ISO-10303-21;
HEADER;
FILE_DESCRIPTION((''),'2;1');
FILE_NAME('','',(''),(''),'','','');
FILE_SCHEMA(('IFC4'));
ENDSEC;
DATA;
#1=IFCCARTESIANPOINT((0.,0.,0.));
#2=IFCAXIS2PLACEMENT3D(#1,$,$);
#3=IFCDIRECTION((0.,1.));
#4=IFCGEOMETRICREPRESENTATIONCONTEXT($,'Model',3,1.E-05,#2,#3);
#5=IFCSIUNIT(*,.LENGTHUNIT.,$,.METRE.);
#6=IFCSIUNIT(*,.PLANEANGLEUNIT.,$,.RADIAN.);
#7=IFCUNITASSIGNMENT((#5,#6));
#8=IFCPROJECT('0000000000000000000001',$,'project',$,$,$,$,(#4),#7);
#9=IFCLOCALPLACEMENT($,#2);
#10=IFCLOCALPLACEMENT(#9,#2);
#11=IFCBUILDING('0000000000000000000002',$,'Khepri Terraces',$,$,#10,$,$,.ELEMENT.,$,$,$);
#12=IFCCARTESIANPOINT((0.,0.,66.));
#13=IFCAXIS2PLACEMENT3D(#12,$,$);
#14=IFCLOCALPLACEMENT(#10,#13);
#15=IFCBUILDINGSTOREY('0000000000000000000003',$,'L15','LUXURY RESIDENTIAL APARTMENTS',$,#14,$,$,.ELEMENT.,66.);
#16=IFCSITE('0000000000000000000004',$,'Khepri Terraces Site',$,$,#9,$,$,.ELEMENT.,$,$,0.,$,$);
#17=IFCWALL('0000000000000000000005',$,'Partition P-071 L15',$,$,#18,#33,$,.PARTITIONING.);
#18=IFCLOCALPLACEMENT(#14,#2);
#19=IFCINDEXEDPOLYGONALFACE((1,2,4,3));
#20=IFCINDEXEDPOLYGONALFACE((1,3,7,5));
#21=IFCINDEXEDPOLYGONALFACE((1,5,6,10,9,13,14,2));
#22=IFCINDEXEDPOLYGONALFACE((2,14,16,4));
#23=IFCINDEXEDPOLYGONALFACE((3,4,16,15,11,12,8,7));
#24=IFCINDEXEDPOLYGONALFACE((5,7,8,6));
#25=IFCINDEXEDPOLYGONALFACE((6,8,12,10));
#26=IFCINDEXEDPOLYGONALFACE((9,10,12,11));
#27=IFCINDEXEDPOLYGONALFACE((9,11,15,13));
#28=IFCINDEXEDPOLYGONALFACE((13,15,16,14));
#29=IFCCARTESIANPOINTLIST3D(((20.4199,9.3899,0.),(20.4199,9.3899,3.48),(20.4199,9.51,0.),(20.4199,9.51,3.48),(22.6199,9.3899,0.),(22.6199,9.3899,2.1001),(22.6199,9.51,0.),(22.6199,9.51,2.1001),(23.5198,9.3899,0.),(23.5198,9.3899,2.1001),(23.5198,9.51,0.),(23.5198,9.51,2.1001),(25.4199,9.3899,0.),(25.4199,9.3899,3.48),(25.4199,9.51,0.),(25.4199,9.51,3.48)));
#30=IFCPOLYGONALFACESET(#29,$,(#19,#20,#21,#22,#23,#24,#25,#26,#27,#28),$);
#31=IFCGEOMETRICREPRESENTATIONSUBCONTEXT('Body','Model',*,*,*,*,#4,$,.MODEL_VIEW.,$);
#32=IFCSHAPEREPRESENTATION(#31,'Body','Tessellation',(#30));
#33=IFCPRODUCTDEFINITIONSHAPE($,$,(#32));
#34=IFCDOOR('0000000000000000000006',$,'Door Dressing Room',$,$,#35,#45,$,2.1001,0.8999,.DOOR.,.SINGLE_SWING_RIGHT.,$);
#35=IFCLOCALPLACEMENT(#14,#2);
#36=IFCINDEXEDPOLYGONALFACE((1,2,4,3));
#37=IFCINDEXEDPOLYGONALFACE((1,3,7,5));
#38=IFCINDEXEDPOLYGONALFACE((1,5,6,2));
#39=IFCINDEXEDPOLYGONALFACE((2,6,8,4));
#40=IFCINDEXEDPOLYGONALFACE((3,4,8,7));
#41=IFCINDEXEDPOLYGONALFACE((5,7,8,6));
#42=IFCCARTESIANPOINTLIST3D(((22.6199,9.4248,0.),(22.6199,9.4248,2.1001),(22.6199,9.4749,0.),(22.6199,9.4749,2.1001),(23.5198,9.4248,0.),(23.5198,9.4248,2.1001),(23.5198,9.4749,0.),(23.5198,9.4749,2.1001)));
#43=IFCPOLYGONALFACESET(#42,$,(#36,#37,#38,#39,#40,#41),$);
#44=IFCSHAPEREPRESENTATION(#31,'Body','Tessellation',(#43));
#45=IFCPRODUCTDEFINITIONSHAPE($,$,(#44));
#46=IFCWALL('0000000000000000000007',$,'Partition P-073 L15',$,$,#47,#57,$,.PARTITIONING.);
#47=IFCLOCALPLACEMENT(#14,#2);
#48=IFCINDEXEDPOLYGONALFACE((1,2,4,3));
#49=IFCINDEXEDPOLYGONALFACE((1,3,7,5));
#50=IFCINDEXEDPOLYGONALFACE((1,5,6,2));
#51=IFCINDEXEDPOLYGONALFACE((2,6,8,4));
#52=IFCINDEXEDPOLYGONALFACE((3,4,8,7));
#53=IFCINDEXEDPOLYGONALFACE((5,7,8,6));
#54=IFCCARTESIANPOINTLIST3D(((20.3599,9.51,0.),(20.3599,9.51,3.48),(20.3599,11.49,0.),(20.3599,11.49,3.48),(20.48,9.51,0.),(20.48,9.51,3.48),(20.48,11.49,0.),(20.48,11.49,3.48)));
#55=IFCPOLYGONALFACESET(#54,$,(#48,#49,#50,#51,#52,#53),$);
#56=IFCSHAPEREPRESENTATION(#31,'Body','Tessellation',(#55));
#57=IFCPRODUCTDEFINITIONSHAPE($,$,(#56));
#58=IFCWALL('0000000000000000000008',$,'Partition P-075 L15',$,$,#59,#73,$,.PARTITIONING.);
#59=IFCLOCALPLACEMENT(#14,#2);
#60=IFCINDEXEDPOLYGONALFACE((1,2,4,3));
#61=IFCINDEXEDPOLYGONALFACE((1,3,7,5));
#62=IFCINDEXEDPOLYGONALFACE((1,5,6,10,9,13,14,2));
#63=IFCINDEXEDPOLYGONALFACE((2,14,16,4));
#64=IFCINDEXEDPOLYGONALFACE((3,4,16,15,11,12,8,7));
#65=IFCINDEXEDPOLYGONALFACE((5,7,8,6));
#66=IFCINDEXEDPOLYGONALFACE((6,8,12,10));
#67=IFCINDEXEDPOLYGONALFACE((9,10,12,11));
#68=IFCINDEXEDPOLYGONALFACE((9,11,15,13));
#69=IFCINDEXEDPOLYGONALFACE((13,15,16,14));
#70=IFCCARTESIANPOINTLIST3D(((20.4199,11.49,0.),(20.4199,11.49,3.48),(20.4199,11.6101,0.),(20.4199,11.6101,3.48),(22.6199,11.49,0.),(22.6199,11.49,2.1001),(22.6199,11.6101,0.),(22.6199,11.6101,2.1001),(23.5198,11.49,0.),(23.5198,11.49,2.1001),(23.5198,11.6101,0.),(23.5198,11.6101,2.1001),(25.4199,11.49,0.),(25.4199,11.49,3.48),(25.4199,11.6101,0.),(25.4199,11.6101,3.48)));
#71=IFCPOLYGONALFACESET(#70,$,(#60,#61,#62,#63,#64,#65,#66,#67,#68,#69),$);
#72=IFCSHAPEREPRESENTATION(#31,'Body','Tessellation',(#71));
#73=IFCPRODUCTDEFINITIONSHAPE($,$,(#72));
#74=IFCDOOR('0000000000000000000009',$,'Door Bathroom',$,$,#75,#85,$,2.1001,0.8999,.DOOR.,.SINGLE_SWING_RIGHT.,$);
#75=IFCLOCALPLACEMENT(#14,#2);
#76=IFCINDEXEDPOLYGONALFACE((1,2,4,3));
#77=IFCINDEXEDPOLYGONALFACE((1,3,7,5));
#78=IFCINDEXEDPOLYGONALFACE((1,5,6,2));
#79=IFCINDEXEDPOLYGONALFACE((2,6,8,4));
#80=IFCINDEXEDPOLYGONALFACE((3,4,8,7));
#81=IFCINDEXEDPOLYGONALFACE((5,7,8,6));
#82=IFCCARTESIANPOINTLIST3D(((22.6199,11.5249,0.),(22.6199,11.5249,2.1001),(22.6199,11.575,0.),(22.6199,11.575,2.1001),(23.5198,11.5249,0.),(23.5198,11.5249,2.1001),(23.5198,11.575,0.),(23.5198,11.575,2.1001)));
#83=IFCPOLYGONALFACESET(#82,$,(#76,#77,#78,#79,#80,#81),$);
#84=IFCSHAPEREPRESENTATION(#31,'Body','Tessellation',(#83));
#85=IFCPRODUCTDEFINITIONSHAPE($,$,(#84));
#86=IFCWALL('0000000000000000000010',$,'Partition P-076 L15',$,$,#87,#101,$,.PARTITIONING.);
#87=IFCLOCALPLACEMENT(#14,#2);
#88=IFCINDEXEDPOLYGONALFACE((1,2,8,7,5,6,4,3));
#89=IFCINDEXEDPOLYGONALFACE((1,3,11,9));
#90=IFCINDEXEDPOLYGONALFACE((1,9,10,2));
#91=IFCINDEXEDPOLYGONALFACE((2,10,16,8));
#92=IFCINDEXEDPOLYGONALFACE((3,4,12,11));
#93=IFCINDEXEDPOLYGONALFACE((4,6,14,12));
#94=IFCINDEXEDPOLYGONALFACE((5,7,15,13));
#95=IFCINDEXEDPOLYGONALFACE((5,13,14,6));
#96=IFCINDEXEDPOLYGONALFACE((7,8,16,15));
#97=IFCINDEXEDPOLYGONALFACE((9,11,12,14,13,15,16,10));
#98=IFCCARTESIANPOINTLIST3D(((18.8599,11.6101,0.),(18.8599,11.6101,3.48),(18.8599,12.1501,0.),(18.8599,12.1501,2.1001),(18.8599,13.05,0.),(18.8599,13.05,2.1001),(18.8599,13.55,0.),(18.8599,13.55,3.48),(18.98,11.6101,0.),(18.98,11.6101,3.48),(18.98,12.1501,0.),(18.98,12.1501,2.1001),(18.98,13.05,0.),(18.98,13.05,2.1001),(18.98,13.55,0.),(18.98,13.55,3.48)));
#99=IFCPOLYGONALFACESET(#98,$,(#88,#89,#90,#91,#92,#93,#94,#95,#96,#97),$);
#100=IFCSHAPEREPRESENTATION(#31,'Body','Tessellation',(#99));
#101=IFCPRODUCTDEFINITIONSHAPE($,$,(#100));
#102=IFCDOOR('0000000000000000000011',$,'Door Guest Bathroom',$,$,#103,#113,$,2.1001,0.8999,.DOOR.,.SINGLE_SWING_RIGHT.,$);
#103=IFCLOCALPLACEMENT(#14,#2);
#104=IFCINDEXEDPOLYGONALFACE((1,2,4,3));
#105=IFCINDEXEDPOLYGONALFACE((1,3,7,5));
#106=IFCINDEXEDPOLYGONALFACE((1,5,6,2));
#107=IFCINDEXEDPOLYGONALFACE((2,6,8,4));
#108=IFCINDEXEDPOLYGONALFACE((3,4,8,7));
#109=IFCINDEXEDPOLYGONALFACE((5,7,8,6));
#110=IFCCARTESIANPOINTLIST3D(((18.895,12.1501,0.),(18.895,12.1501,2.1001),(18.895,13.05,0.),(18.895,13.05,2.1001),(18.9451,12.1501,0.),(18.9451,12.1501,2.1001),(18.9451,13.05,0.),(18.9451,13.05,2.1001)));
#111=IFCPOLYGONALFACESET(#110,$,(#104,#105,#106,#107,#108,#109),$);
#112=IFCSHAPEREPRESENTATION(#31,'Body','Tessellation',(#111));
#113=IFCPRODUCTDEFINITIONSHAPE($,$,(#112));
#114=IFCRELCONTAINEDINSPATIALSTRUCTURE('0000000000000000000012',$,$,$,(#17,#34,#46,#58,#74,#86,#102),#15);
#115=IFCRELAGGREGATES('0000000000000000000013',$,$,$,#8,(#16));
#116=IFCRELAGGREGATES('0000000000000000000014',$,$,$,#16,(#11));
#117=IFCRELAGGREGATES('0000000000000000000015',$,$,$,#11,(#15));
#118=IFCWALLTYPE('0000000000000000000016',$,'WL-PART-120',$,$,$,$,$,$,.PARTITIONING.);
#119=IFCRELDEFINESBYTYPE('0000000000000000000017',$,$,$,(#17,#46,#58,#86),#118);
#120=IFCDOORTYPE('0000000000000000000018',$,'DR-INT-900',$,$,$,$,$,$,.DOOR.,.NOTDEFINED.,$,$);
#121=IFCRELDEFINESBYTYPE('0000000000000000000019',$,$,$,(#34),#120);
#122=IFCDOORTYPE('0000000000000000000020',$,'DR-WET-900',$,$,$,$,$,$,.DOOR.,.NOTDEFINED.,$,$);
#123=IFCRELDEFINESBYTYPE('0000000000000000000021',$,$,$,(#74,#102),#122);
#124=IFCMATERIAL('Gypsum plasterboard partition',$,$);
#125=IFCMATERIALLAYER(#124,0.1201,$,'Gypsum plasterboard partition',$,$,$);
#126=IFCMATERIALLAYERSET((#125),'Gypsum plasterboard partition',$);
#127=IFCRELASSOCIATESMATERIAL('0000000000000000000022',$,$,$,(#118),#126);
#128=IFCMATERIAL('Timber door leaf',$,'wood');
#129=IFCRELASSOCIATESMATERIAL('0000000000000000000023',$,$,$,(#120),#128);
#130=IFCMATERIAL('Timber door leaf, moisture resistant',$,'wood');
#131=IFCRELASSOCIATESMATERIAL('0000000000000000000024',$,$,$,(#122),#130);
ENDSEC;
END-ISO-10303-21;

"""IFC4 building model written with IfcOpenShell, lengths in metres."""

from ifc_helpers import new_model, si_unit, direction, frame, frame_2d, origin, place, context, subcontext, project, spatial, rectangle, extrude, material, layer, layer_set, type_object, element, fill, save


model = new_model("IFC4")

# Units and contexts
model_context = context("Model", 3, precision=1e-05, world=origin(), true_north=direction((0.0, 1.0)))
body_context = subcontext(model_context, "Body", "Model", "MODEL_VIEW")
ifc_project = project(units=[si_unit("LENGTHUNIT", "METRE"), si_unit("PLANEANGLEUNIT", "RADIAN")], contexts=[model_context])

# Site, building, storey
site_placement = place(None, origin())
site = spatial("IfcSite", under=ifc_project, at=site_placement, Name="Khepri Terraces Site", CompositionType="ELEMENT", RefElevation=0.0)
building_placement = place(site_placement, origin())
building = spatial("IfcBuilding", under=site, at=building_placement, Name="Khepri Terraces", CompositionType="ELEMENT")
storey_placement = place(building_placement, frame((0.0, 0.0, 66.0)))
storey = spatial("IfcBuildingStorey", under=building, at=storey_placement, Name="L15", Description="LUXURY RESIDENTIAL APARTMENTS", CompositionType="ELEMENT", Elevation=66.0)

# Wall, opening, door
ifc_material_1 = material(Name="Gypsum plasterboard partition")
ifc_layer_1 = layer(ifc_material_1, 0.1201, Name="Gypsum plasterboard partition")
ifc_layer_set_1 = layer_set([ifc_layer_1], Name="Gypsum plasterboard partition")
wall_type_1 = type_object("IfcWallType", Name="WL-PART-120", PredefinedType="PARTITIONING", material=ifc_layer_set_1)
ifc_material_2 = material(Name="Timber door leaf", Category="wood")
door_type_1 = type_object("IfcDoorType", Name="DR-INT-900", OperationType="NOTDEFINED", PredefinedType="DOOR", material=ifc_material_2)
ifc_material_3 = material(Name="Timber door leaf, moisture resistant", Category="wood")
door_type_2 = type_object("IfcDoorType", Name="DR-WET-900", OperationType="NOTDEFINED", PredefinedType="DOOR", material=ifc_material_3)
wall_1_placement = place(storey_placement, frame((20.4199, 9.45, 0.0), z_axis=(0.0, 0.0, 1.0), x_axis=(1.0, 0.0, 0.0)))
wall_1 = element("IfcWall", 1, at=wall_1_placement, inside=storey, type_object=wall_type_1, Name="Partition P-071 L15", PredefinedType="PARTITIONING", context=body_context, shape_type="SweptSolid", body=[
    extrude(rectangle(XDim=5.0, YDim=0.1201, at=frame_2d((2.5, 0.0))), origin(), (0.0, 0.0, 1.0), 3.48),
])
opening_1_placement = place(wall_1_placement, frame((2.2, 0.0, 0.0)))
opening_1 = element("IfcOpeningElement", 2, at=opening_1_placement, cuts=wall_1, PredefinedType="OPENING", context=body_context, shape_type="SweptSolid", body=[
    extrude(rectangle(XDim=0.8999, YDim=2.1001, at=frame_2d((0.45, 1.05))), frame((0.0, 0.0701, 0.0), z_axis=(0.0, -1.0, 0.0), x_axis=(1.0, 0.0, 0.0)), (0.0, 0.0, 1.0), 0.1401),
])
door_1_placement = place(opening_1_placement, origin())
door_1 = element("IfcDoor", 3, at=door_1_placement, inside=storey, type_object=door_type_1, Name="Door Dressing Room", OperationType="SINGLE_SWING_RIGHT", OverallHeight=2.1001, OverallWidth=0.8999, PredefinedType="DOOR", context=body_context, shape_type="SweptSolid", body=[
    extrude(rectangle(XDim=0.8999, YDim=2.1001, at=frame_2d((0.45, 1.05))), frame((0.0, 0.0249, 0.0), z_axis=(0.0, -1.0, 0.0), x_axis=(1.0, 0.0, 0.0)), (0.0, 0.0, 1.0), 0.05),
])
fill(opening_1, door_1)

# Wall
wall_2_placement = place(storey_placement, frame((20.4199, 9.51, 0.0), z_axis=(0.0, 0.0, 1.0), x_axis=(0.0, 1.0, 0.0)))
element("IfcWall", 4, at=wall_2_placement, inside=storey, type_object=wall_type_1, Name="Partition P-073 L15", PredefinedType="PARTITIONING", context=body_context, shape_type="SweptSolid", body=[
    extrude(rectangle(XDim=1.98, YDim=0.1201, at=frame_2d((0.99, 0.0))), origin(), (0.0, 0.0, 1.0), 3.48),
])

# Walls, openings, doors
wall_3_placement = place(storey_placement, frame((20.4199, 11.55, 0.0), z_axis=(0.0, 0.0, 1.0), x_axis=(1.0, 0.0, 0.0)))
wall_3 = element("IfcWall", 5, at=wall_3_placement, inside=storey, type_object=wall_type_1, Name="Partition P-075 L15", PredefinedType="PARTITIONING", context=body_context, shape_type="SweptSolid", body=[
    extrude(rectangle(XDim=5.0, YDim=0.1201, at=frame_2d((2.5, 0.0))), origin(), (0.0, 0.0, 1.0), 3.48),
])
opening_2_placement = place(wall_3_placement, frame((2.2, 0.0, 0.0)))
opening_2 = element("IfcOpeningElement", 6, at=opening_2_placement, cuts=wall_3, PredefinedType="OPENING", context=body_context, shape_type="SweptSolid", body=[
    extrude(rectangle(XDim=0.8999, YDim=2.1001, at=frame_2d((0.45, 1.05))), frame((0.0, 0.0701, 0.0), z_axis=(0.0, -1.0, 0.0), x_axis=(1.0, 0.0, 0.0)), (0.0, 0.0, 1.0), 0.1401),
])
door_2_placement = place(opening_2_placement, origin())
door_2 = element("IfcDoor", 7, at=door_2_placement, inside=storey, type_object=door_type_2, Name="Door Bathroom", OperationType="SINGLE_SWING_RIGHT", OverallHeight=2.1001, OverallWidth=0.8999, PredefinedType="DOOR", context=body_context, shape_type="SweptSolid", body=[
    extrude(rectangle(XDim=0.8999, YDim=2.1001, at=frame_2d((0.45, 1.05))), frame((0.0, 0.0249, 0.0), z_axis=(0.0, -1.0, 0.0), x_axis=(1.0, 0.0, 0.0)), (0.0, 0.0, 1.0), 0.05),
])
fill(opening_2, door_2)
wall_4_placement = place(storey_placement, frame((18.9199, 11.6101, 0.0), z_axis=(0.0, 0.0, 1.0), x_axis=(0.0, 1.0, 0.0)))
wall_4 = element("IfcWall", 8, at=wall_4_placement, inside=storey, type_object=wall_type_1, Name="Partition P-076 L15", PredefinedType="PARTITIONING", context=body_context, shape_type="SweptSolid", body=[
    extrude(rectangle(XDim=1.9399, YDim=0.1201, at=frame_2d((0.97, 0.0))), origin(), (0.0, 0.0, 1.0), 3.48),
])
opening_3_placement = place(wall_4_placement, frame((0.54, 0.0, 0.0)))
opening_3 = element("IfcOpeningElement", 9, at=opening_3_placement, cuts=wall_4, PredefinedType="OPENING", context=body_context, shape_type="SweptSolid", body=[
    extrude(rectangle(XDim=0.8999, YDim=2.1001, at=frame_2d((0.45, 1.05))), frame((0.0, 0.0701, 0.0), z_axis=(0.0, -1.0, 0.0), x_axis=(1.0, 0.0, 0.0)), (0.0, 0.0, 1.0), 0.1401),
])
door_3_placement = place(opening_3_placement, origin())
door_3 = element("IfcDoor", 10, at=door_3_placement, inside=storey, type_object=door_type_2, Name="Door Guest Bathroom", OperationType="SINGLE_SWING_RIGHT", OverallHeight=2.1001, OverallWidth=0.8999, PredefinedType="DOOR", context=body_context, shape_type="SweptSolid", body=[
    extrude(rectangle(XDim=0.8999, YDim=2.1001, at=frame_2d((0.45, 1.05))), frame((0.0, 0.0249, 0.0), z_axis=(0.0, -1.0, 0.0), x_axis=(1.0, 0.0, 0.0)), (0.0, 0.0, 1.0), 0.05),
])
fill(opening_3, door_3)

save(model, "model.ifc")
